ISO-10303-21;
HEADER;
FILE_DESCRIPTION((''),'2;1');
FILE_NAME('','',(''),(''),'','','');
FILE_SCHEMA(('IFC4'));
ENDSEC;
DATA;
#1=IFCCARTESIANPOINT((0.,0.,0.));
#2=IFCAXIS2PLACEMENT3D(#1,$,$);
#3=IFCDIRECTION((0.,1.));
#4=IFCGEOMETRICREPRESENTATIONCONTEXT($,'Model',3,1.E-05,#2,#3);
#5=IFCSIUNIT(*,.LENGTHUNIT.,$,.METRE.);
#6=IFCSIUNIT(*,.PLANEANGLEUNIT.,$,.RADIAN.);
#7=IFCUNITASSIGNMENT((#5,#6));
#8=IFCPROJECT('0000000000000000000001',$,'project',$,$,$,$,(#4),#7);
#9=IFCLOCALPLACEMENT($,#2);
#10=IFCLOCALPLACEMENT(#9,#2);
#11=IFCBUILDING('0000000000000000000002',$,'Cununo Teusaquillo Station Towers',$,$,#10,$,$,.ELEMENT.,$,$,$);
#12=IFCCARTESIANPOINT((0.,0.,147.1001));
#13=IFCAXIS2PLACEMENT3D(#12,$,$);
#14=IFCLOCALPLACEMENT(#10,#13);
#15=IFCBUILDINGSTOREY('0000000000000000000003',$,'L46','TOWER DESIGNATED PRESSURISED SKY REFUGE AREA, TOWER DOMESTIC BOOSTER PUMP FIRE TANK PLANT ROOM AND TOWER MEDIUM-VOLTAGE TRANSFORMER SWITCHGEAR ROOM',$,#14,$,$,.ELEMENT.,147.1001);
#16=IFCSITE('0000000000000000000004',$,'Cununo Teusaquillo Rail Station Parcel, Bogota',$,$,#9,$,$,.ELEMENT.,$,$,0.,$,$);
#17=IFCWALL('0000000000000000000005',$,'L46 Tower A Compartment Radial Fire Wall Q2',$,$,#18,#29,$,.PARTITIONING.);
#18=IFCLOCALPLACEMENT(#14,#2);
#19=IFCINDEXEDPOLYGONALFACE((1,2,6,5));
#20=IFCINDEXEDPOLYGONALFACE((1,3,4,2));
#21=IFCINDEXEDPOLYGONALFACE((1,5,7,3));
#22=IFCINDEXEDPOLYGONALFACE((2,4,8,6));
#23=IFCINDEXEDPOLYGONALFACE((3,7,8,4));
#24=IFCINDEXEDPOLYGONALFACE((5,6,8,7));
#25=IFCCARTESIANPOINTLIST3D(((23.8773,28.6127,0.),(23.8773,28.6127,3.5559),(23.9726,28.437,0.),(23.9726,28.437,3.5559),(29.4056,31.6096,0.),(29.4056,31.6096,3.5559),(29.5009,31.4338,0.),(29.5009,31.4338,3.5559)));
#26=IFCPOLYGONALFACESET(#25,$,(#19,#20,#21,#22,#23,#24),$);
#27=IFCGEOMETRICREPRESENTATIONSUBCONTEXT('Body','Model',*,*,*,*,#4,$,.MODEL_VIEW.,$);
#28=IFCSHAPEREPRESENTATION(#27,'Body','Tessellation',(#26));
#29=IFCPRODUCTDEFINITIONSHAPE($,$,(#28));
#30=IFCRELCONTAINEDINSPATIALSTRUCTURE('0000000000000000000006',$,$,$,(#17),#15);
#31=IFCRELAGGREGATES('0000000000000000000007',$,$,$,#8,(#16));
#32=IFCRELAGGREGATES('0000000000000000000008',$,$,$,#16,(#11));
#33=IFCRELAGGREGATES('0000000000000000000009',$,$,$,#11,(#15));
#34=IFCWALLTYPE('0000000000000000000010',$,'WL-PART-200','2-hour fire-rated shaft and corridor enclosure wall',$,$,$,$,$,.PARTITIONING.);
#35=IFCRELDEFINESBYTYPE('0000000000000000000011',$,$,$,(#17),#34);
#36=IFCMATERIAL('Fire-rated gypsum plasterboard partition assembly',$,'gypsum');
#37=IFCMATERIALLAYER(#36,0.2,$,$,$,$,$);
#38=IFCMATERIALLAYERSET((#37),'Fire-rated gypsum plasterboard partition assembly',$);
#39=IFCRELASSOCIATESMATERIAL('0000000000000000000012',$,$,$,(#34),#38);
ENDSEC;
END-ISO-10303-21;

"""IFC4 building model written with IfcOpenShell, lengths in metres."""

from ifc_helpers import new_model, si_unit, direction, frame, frame_2d, origin, place, context, subcontext, project, spatial, rectangle, extrude, material, layer, layer_set, type_object, element, save


model = new_model("IFC4")

# Units and contexts
model_context = context("Model", 3, precision=1e-05, world=origin(), true_north=direction((0.0, 1.0)))
body_context = subcontext(model_context, "Body", "Model", "MODEL_VIEW")
ifc_project = project(units=[si_unit("LENGTHUNIT", "METRE"), si_unit("PLANEANGLEUNIT", "RADIAN")], contexts=[model_context])

# Site, building, storey
site_placement = place(None, origin())
site = spatial("IfcSite", under=ifc_project, at=site_placement, Name="Cununo Teusaquillo Rail Station Parcel, Bogota", CompositionType="ELEMENT", RefElevation=0.0)
building_placement = place(site_placement, origin())
building = spatial("IfcBuilding", under=site, at=building_placement, Name="Cununo Teusaquillo Station Towers", CompositionType="ELEMENT")
storey_placement = place(building_placement, frame((0.0, 0.0, 147.1001)))
storey = spatial("IfcBuildingStorey", under=building, at=storey_placement, Name="L46", Description="TOWER DESIGNATED PRESSURISED SKY REFUGE AREA, TOWER DOMESTIC BOOSTER PUMP FIRE TANK PLANT ROOM AND TOWER MEDIUM-VOLTAGE TRANSFORMER SWITCHGEAR ROOM", CompositionType="ELEMENT", Elevation=147.1001)

# Wall
ifc_material_1 = material(Name="Fire-rated gypsum plasterboard partition assembly", Category="gypsum")
ifc_layer_1 = layer(ifc_material_1, 0.2)
ifc_layer_set_1 = layer_set([ifc_layer_1], Name="Fire-rated gypsum plasterboard partition assembly")
wall_type_1 = type_object("IfcWallType", Name="WL-PART-200", Description="2-hour fire-rated shaft and corridor enclosure wall", PredefinedType="PARTITIONING", material=ifc_layer_set_1)
wall_1_placement = place(storey_placement, frame((23.925, 28.5249, 0.0), z_axis=(0.0, 0.0, 1.0), x_axis=(0.879137, 0.476568, 0.0)))
element("IfcWall", 1, at=wall_1_placement, inside=storey, type_object=wall_type_1, Name="L46 Tower A Compartment Radial Fire Wall Q2", PredefinedType="PARTITIONING", context=body_context, shape_type="SweptSolid", body=[
    extrude(rectangle(XDim=6.2883, YDim=0.2, at=frame_2d((3.144, 0.0))), origin(), (0.0, 0.0, 1.0), 3.5559),
])

save(model, "model.ifc")
